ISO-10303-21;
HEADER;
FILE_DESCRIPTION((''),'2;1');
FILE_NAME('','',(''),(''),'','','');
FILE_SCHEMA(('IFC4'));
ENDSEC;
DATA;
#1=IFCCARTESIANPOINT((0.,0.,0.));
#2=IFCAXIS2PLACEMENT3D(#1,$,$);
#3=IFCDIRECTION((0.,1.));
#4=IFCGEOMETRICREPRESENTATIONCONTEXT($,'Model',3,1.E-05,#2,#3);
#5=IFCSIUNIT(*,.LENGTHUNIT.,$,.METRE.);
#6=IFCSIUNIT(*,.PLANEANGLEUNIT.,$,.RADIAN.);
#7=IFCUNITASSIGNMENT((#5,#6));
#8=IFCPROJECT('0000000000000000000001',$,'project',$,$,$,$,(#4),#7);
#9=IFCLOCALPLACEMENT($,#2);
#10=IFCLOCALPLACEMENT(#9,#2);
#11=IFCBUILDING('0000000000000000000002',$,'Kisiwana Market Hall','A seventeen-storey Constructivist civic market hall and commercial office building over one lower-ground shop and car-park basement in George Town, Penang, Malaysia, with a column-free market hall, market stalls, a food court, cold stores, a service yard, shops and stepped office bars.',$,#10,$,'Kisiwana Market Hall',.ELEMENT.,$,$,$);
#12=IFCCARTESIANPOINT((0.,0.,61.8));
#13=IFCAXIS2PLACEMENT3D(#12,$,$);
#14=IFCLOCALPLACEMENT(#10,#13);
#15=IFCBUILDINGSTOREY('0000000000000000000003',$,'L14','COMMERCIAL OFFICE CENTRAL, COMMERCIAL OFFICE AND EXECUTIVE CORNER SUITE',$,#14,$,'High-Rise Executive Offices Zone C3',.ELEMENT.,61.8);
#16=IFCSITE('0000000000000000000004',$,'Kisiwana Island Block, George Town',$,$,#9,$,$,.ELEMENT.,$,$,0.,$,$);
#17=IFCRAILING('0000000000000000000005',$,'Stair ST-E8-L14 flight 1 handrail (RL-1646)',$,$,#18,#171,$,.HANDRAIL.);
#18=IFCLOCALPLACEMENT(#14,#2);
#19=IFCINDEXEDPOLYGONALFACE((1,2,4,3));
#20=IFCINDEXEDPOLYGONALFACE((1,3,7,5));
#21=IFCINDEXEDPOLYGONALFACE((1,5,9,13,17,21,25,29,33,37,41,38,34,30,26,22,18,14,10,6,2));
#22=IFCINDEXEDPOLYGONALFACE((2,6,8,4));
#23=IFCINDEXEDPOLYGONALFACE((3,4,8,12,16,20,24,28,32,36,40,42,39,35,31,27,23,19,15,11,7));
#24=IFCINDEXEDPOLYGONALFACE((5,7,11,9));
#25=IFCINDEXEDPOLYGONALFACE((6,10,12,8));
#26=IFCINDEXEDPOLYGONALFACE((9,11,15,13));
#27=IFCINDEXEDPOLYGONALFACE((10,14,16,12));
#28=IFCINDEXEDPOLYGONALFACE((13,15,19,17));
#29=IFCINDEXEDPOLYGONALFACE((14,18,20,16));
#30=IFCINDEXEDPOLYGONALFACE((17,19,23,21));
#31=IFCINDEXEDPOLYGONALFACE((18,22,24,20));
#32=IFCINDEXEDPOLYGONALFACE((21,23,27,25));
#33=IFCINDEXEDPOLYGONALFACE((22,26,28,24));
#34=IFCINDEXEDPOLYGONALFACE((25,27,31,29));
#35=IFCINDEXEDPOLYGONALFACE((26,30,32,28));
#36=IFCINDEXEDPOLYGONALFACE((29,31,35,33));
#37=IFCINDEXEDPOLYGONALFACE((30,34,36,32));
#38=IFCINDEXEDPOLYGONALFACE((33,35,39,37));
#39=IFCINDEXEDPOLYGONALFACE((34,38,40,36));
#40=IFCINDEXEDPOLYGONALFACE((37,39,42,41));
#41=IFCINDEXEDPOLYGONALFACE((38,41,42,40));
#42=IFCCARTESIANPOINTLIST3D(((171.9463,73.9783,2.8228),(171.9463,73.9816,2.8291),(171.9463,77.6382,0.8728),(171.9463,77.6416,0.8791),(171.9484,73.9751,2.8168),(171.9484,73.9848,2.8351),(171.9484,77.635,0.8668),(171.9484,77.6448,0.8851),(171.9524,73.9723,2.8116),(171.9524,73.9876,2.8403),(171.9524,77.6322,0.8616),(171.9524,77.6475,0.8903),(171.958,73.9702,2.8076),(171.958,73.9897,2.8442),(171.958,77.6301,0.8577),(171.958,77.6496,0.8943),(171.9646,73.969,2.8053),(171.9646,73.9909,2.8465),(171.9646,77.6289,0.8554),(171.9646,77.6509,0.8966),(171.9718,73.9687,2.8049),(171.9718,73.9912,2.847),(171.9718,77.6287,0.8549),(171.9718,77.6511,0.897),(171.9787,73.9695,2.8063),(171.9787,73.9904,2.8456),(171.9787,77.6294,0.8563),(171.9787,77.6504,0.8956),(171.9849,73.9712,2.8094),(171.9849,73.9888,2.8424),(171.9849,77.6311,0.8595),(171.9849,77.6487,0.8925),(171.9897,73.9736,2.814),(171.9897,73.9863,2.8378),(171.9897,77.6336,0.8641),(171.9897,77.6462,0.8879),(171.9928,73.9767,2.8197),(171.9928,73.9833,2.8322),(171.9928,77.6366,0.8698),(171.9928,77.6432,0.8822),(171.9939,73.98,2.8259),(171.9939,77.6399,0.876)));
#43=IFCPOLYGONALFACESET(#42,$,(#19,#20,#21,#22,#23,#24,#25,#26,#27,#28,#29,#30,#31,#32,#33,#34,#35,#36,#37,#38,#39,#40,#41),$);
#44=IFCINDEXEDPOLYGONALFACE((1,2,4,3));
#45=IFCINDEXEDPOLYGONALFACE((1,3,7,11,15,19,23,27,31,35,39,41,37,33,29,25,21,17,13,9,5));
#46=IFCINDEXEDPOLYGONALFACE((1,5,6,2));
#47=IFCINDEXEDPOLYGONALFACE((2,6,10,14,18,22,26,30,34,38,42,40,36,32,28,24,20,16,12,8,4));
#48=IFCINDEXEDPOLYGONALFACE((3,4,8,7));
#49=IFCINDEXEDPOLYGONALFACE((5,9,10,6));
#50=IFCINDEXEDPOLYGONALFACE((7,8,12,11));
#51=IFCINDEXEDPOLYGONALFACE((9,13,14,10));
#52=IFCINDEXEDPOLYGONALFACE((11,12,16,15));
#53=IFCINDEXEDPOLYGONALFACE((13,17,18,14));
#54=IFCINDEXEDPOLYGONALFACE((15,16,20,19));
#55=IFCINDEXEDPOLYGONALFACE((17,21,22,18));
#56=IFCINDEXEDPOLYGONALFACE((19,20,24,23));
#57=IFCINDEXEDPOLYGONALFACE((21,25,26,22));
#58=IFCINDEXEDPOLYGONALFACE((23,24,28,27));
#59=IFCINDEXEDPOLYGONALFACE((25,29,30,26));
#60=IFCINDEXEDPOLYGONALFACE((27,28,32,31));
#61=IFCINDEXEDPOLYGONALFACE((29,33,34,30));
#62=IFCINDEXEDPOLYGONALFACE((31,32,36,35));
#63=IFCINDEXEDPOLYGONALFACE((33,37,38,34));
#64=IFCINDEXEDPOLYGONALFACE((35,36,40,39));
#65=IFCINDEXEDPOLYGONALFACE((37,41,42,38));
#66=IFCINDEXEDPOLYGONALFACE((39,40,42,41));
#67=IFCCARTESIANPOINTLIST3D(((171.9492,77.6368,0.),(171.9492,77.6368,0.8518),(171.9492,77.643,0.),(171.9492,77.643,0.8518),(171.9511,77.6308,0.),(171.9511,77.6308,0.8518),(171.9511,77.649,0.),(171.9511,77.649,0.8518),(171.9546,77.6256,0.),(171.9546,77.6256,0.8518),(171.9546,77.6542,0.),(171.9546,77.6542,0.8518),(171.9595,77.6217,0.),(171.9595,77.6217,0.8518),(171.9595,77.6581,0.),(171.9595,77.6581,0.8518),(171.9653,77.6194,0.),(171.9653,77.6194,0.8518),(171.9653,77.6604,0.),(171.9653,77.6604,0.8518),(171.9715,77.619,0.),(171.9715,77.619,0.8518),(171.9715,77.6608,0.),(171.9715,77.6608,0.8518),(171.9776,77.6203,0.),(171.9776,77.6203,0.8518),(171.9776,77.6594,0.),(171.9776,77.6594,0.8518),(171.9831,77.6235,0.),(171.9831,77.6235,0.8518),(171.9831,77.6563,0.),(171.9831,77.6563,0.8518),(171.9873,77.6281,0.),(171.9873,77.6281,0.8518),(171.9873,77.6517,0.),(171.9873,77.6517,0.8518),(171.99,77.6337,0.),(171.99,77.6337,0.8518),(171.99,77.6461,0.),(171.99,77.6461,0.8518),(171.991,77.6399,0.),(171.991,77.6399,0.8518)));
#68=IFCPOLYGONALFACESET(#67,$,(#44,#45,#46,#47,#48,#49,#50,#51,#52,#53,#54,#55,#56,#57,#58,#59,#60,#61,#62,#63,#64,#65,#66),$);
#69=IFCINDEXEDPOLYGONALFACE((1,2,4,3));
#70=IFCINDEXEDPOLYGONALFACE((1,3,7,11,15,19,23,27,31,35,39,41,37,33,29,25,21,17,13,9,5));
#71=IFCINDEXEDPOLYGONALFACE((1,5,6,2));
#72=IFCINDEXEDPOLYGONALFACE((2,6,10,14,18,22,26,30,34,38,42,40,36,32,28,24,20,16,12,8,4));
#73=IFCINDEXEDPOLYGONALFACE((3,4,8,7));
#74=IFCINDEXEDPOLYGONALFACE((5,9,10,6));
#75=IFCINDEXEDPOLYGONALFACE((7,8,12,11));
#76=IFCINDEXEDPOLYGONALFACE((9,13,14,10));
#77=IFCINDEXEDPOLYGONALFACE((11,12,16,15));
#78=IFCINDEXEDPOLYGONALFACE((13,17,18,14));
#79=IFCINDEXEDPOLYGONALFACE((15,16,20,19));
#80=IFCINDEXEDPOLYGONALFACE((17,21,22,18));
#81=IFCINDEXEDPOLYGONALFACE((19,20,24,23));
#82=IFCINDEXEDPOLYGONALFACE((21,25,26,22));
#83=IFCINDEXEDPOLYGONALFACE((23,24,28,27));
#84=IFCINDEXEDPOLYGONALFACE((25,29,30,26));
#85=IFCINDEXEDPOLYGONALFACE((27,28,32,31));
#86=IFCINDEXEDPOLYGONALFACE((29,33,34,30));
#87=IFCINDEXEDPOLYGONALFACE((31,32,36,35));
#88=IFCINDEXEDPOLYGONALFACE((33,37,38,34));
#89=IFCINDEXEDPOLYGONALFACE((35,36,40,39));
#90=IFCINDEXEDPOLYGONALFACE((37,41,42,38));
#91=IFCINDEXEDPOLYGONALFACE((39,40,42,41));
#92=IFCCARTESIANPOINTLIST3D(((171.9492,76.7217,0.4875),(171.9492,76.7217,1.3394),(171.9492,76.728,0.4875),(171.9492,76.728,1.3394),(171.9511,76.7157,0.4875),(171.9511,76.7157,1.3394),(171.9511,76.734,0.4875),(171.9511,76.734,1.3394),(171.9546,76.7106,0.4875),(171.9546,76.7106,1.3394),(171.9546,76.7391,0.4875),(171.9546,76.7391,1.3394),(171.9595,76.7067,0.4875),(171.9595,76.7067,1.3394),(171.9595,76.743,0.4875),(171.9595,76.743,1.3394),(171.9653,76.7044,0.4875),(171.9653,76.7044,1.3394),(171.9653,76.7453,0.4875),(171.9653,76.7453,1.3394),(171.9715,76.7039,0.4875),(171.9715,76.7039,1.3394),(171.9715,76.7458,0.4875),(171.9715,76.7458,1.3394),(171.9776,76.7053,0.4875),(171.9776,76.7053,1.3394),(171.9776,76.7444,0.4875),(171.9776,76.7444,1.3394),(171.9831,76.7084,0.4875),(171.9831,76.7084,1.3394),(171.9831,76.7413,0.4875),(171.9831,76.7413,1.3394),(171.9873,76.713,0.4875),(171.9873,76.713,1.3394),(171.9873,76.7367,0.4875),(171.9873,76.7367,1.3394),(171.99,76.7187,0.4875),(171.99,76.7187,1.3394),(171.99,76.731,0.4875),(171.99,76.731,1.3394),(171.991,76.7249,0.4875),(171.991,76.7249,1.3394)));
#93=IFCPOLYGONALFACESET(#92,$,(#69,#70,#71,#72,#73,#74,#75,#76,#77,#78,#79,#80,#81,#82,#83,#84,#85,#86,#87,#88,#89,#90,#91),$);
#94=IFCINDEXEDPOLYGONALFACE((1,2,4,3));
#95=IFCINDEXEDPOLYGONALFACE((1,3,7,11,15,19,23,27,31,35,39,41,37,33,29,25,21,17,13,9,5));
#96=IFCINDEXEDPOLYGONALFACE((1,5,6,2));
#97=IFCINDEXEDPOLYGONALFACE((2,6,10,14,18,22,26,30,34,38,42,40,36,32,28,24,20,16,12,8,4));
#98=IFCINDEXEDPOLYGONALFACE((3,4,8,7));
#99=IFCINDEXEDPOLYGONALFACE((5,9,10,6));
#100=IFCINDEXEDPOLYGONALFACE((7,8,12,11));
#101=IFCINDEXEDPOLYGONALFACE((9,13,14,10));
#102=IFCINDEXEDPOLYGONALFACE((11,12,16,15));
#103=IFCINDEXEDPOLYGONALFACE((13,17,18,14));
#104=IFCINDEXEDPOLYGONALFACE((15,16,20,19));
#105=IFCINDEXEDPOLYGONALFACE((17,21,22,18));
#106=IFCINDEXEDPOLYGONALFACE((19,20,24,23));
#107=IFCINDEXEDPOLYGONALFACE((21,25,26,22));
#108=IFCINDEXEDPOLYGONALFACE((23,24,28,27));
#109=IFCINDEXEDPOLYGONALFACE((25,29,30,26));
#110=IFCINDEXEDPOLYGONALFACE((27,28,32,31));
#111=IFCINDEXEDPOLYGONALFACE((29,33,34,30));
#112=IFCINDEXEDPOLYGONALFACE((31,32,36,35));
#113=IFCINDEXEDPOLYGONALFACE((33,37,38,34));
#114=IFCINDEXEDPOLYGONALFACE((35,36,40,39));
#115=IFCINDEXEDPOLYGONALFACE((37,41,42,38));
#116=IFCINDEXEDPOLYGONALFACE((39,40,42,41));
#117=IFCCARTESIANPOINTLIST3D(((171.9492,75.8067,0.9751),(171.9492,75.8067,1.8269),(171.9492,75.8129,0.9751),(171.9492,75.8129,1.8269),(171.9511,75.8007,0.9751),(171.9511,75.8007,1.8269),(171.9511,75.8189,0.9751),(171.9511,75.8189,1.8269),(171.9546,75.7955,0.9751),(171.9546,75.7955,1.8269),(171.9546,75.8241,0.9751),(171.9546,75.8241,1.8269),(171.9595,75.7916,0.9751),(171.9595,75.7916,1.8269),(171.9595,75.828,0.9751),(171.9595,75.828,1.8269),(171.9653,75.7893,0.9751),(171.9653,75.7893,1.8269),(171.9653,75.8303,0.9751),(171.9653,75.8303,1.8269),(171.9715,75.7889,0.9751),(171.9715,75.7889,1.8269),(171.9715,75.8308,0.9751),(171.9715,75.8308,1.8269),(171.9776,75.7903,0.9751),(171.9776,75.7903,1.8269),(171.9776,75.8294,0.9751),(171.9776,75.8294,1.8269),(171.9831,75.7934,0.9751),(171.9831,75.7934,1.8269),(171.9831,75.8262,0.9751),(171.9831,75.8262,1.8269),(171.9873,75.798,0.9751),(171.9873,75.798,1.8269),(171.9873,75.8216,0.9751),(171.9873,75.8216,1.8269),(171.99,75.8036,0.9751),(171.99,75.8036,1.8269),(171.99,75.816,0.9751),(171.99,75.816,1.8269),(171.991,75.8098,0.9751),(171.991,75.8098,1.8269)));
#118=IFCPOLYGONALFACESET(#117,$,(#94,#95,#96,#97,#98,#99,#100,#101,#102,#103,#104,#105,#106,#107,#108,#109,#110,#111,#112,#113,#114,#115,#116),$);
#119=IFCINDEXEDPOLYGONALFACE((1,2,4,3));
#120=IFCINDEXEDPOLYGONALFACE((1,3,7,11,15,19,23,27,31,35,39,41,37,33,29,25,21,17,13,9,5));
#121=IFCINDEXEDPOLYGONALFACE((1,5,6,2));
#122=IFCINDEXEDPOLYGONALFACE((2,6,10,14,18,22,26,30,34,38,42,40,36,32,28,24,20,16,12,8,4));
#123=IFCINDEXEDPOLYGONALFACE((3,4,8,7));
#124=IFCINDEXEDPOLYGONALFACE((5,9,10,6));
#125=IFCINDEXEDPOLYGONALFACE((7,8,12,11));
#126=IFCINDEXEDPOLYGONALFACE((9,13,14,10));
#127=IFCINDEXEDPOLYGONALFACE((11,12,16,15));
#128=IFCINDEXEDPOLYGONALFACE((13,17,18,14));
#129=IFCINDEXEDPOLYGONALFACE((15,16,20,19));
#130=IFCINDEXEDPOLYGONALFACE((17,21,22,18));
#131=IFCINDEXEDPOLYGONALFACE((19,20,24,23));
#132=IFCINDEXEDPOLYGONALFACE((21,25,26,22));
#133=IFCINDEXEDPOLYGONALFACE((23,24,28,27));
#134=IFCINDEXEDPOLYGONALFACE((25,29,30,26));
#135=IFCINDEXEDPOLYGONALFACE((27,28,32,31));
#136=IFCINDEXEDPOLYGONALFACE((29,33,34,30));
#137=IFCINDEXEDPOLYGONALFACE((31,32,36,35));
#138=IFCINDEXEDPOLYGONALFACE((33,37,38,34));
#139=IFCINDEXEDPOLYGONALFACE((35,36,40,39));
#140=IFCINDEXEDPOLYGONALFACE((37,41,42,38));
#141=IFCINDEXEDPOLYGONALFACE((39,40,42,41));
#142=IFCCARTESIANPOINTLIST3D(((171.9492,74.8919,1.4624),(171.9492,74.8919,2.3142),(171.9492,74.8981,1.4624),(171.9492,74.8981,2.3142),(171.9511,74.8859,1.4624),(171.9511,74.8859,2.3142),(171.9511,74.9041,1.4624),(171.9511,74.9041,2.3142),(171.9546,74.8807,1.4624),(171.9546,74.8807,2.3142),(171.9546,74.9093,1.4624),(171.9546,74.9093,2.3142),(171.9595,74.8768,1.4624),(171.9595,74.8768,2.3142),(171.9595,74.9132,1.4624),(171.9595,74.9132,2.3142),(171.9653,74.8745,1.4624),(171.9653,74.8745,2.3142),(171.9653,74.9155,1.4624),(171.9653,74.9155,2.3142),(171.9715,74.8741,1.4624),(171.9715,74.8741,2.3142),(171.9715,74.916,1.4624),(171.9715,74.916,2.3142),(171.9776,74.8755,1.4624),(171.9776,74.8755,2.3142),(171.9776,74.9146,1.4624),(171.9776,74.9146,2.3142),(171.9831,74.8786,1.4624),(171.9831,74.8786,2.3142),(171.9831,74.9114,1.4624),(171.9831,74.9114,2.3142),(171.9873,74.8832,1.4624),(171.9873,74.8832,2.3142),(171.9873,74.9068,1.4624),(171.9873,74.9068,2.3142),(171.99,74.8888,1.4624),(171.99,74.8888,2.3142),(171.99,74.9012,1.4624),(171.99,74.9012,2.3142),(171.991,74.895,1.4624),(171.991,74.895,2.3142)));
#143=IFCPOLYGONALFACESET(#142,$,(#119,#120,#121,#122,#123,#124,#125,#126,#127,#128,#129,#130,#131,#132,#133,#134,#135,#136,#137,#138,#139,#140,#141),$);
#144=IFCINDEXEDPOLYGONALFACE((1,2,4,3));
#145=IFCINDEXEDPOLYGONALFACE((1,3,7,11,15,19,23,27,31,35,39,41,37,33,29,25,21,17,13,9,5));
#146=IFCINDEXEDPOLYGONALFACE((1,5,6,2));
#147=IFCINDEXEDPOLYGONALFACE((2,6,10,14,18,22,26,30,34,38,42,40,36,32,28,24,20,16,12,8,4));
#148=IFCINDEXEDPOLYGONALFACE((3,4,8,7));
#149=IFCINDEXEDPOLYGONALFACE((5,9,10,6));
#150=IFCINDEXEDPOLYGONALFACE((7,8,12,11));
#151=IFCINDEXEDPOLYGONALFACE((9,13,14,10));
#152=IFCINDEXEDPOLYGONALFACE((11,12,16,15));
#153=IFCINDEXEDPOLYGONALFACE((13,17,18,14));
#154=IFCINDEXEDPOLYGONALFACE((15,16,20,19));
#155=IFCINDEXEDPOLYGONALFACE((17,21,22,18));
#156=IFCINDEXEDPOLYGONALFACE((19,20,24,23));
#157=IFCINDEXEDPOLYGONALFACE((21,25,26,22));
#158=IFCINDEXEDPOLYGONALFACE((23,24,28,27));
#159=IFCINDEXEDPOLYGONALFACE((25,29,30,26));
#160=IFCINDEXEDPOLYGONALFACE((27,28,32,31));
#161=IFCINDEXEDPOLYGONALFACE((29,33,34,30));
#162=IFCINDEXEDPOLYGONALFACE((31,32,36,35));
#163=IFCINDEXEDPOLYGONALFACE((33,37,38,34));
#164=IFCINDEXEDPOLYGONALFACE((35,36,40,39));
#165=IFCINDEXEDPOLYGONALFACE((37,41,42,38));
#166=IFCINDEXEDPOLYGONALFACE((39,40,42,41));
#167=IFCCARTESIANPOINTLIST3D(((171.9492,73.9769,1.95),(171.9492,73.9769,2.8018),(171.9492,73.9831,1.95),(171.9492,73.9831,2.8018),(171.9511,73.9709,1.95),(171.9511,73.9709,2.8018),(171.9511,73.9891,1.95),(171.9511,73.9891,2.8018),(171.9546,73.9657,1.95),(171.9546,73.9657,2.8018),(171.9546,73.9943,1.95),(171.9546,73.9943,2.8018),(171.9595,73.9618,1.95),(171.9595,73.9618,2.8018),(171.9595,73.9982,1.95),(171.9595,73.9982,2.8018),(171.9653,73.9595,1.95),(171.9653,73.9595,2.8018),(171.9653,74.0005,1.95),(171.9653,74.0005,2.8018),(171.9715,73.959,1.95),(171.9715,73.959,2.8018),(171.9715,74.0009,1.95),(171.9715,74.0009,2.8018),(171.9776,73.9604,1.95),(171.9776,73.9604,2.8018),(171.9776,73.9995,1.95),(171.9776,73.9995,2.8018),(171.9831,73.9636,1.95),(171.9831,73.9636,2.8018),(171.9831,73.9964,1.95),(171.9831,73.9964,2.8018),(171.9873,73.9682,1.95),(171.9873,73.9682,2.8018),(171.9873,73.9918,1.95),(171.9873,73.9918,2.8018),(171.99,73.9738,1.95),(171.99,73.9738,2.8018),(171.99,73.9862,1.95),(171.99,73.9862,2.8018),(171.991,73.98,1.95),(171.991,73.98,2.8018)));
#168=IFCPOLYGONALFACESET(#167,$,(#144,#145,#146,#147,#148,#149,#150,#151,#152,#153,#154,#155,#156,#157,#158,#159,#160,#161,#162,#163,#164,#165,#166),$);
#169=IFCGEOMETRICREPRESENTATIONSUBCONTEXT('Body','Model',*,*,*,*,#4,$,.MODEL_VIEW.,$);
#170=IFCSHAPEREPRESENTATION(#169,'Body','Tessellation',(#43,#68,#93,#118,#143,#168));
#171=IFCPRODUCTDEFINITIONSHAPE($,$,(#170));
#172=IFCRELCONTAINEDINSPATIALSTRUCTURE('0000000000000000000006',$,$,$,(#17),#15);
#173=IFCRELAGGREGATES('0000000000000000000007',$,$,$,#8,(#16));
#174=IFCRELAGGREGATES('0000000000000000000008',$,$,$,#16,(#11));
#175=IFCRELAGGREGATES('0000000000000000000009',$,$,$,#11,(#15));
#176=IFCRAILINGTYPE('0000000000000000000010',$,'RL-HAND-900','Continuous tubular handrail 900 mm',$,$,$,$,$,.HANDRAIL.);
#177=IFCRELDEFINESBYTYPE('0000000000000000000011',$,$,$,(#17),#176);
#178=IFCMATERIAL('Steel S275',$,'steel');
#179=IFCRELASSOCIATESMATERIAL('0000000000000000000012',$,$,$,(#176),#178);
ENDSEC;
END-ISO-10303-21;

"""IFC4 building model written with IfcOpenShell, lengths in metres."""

from ifc_helpers import new_model, si_unit, direction, frame, origin, origin_2d, place, context, subcontext, project, spatial, circle, extrude, material, type_object, element, save


model = new_model("IFC4")

# Units and contexts
model_context = context("Model", 3, precision=1e-05, world=origin(), true_north=direction((0.0, 1.0)))
body_context = subcontext(model_context, "Body", "Model", "MODEL_VIEW")
ifc_project = project(units=[si_unit("LENGTHUNIT", "METRE"), si_unit("PLANEANGLEUNIT", "RADIAN")], contexts=[model_context])

# Site, building, storey
site_placement = place(None, origin())
site = spatial("IfcSite", under=ifc_project, at=site_placement, Name="Kisiwana Island Block, George Town", CompositionType="ELEMENT", RefElevation=0.0)
building_placement = place(site_placement, origin())
building = spatial("IfcBuilding", under=site, at=building_placement, Name="Kisiwana Market Hall", Description="A seventeen-storey Constructivist civic market hall and commercial office building over one lower-ground shop and car-park basement in George Town, Penang, Malaysia, with a column-free market hall, market stalls, a food court, cold stores, a service yard, shops and stepped office bars.", LongName="Kisiwana Market Hall", CompositionType="ELEMENT")
storey_placement = place(building_placement, frame((0.0, 0.0, 61.8)))
storey = spatial("IfcBuildingStorey", under=building, at=storey_placement, Name="L14", Description="COMMERCIAL OFFICE CENTRAL, COMMERCIAL OFFICE AND EXECUTIVE CORNER SUITE", LongName="High-Rise Executive Offices Zone C3", CompositionType="ELEMENT", Elevation=61.8)

# Railing
ifc_material_1 = material(Name="Steel S275", Category="steel")
railing_type_1 = type_object("IfcRailingType", Name="RL-HAND-900", Description="Continuous tubular handrail 900 mm", PredefinedType="HANDRAIL", material=ifc_material_1)
railing_1_placement = place(storey_placement, frame((171.97, 77.6399, 0.0)))
element("IfcRailing", 1, at=railing_1_placement, inside=storey, type_object=railing_type_1, Name="Stair ST-E8-L14 flight 1 handrail (RL-1646)", PredefinedType="HANDRAIL", context=body_context, shape_type="SweptSolid", body=[
    extrude(circle(Radius=0.0239, at=origin_2d()), frame((0.0, 0.0, 0.876), z_axis=(0.0, -0.882553, 0.470212), x_axis=(1.0, 0.0, 0.0)), (0.0, 0.0, 1.0), 4.147),
    extrude(circle(Radius=0.021, at=origin_2d()), origin(), (0.0, 0.0, 1.0), 0.8518),
    extrude(circle(Radius=0.021, at=origin_2d()), frame((0.0, -0.915, 0.4875)), (0.0, 0.0, 1.0), 0.8518),
    extrude(circle(Radius=0.021, at=origin_2d()), frame((0.0, -1.8301, 0.9751)), (0.0, 0.0, 1.0), 0.8518),
    extrude(circle(Radius=0.021, at=origin_2d()), frame((0.0, -2.7449, 1.4624)), (0.0, 0.0, 1.0), 0.8518),
    extrude(circle(Radius=0.021, at=origin_2d()), frame((0.0, -3.6599, 1.95)), (0.0, 0.0, 1.0), 0.8518),
])

save(model, "model.ifc")
